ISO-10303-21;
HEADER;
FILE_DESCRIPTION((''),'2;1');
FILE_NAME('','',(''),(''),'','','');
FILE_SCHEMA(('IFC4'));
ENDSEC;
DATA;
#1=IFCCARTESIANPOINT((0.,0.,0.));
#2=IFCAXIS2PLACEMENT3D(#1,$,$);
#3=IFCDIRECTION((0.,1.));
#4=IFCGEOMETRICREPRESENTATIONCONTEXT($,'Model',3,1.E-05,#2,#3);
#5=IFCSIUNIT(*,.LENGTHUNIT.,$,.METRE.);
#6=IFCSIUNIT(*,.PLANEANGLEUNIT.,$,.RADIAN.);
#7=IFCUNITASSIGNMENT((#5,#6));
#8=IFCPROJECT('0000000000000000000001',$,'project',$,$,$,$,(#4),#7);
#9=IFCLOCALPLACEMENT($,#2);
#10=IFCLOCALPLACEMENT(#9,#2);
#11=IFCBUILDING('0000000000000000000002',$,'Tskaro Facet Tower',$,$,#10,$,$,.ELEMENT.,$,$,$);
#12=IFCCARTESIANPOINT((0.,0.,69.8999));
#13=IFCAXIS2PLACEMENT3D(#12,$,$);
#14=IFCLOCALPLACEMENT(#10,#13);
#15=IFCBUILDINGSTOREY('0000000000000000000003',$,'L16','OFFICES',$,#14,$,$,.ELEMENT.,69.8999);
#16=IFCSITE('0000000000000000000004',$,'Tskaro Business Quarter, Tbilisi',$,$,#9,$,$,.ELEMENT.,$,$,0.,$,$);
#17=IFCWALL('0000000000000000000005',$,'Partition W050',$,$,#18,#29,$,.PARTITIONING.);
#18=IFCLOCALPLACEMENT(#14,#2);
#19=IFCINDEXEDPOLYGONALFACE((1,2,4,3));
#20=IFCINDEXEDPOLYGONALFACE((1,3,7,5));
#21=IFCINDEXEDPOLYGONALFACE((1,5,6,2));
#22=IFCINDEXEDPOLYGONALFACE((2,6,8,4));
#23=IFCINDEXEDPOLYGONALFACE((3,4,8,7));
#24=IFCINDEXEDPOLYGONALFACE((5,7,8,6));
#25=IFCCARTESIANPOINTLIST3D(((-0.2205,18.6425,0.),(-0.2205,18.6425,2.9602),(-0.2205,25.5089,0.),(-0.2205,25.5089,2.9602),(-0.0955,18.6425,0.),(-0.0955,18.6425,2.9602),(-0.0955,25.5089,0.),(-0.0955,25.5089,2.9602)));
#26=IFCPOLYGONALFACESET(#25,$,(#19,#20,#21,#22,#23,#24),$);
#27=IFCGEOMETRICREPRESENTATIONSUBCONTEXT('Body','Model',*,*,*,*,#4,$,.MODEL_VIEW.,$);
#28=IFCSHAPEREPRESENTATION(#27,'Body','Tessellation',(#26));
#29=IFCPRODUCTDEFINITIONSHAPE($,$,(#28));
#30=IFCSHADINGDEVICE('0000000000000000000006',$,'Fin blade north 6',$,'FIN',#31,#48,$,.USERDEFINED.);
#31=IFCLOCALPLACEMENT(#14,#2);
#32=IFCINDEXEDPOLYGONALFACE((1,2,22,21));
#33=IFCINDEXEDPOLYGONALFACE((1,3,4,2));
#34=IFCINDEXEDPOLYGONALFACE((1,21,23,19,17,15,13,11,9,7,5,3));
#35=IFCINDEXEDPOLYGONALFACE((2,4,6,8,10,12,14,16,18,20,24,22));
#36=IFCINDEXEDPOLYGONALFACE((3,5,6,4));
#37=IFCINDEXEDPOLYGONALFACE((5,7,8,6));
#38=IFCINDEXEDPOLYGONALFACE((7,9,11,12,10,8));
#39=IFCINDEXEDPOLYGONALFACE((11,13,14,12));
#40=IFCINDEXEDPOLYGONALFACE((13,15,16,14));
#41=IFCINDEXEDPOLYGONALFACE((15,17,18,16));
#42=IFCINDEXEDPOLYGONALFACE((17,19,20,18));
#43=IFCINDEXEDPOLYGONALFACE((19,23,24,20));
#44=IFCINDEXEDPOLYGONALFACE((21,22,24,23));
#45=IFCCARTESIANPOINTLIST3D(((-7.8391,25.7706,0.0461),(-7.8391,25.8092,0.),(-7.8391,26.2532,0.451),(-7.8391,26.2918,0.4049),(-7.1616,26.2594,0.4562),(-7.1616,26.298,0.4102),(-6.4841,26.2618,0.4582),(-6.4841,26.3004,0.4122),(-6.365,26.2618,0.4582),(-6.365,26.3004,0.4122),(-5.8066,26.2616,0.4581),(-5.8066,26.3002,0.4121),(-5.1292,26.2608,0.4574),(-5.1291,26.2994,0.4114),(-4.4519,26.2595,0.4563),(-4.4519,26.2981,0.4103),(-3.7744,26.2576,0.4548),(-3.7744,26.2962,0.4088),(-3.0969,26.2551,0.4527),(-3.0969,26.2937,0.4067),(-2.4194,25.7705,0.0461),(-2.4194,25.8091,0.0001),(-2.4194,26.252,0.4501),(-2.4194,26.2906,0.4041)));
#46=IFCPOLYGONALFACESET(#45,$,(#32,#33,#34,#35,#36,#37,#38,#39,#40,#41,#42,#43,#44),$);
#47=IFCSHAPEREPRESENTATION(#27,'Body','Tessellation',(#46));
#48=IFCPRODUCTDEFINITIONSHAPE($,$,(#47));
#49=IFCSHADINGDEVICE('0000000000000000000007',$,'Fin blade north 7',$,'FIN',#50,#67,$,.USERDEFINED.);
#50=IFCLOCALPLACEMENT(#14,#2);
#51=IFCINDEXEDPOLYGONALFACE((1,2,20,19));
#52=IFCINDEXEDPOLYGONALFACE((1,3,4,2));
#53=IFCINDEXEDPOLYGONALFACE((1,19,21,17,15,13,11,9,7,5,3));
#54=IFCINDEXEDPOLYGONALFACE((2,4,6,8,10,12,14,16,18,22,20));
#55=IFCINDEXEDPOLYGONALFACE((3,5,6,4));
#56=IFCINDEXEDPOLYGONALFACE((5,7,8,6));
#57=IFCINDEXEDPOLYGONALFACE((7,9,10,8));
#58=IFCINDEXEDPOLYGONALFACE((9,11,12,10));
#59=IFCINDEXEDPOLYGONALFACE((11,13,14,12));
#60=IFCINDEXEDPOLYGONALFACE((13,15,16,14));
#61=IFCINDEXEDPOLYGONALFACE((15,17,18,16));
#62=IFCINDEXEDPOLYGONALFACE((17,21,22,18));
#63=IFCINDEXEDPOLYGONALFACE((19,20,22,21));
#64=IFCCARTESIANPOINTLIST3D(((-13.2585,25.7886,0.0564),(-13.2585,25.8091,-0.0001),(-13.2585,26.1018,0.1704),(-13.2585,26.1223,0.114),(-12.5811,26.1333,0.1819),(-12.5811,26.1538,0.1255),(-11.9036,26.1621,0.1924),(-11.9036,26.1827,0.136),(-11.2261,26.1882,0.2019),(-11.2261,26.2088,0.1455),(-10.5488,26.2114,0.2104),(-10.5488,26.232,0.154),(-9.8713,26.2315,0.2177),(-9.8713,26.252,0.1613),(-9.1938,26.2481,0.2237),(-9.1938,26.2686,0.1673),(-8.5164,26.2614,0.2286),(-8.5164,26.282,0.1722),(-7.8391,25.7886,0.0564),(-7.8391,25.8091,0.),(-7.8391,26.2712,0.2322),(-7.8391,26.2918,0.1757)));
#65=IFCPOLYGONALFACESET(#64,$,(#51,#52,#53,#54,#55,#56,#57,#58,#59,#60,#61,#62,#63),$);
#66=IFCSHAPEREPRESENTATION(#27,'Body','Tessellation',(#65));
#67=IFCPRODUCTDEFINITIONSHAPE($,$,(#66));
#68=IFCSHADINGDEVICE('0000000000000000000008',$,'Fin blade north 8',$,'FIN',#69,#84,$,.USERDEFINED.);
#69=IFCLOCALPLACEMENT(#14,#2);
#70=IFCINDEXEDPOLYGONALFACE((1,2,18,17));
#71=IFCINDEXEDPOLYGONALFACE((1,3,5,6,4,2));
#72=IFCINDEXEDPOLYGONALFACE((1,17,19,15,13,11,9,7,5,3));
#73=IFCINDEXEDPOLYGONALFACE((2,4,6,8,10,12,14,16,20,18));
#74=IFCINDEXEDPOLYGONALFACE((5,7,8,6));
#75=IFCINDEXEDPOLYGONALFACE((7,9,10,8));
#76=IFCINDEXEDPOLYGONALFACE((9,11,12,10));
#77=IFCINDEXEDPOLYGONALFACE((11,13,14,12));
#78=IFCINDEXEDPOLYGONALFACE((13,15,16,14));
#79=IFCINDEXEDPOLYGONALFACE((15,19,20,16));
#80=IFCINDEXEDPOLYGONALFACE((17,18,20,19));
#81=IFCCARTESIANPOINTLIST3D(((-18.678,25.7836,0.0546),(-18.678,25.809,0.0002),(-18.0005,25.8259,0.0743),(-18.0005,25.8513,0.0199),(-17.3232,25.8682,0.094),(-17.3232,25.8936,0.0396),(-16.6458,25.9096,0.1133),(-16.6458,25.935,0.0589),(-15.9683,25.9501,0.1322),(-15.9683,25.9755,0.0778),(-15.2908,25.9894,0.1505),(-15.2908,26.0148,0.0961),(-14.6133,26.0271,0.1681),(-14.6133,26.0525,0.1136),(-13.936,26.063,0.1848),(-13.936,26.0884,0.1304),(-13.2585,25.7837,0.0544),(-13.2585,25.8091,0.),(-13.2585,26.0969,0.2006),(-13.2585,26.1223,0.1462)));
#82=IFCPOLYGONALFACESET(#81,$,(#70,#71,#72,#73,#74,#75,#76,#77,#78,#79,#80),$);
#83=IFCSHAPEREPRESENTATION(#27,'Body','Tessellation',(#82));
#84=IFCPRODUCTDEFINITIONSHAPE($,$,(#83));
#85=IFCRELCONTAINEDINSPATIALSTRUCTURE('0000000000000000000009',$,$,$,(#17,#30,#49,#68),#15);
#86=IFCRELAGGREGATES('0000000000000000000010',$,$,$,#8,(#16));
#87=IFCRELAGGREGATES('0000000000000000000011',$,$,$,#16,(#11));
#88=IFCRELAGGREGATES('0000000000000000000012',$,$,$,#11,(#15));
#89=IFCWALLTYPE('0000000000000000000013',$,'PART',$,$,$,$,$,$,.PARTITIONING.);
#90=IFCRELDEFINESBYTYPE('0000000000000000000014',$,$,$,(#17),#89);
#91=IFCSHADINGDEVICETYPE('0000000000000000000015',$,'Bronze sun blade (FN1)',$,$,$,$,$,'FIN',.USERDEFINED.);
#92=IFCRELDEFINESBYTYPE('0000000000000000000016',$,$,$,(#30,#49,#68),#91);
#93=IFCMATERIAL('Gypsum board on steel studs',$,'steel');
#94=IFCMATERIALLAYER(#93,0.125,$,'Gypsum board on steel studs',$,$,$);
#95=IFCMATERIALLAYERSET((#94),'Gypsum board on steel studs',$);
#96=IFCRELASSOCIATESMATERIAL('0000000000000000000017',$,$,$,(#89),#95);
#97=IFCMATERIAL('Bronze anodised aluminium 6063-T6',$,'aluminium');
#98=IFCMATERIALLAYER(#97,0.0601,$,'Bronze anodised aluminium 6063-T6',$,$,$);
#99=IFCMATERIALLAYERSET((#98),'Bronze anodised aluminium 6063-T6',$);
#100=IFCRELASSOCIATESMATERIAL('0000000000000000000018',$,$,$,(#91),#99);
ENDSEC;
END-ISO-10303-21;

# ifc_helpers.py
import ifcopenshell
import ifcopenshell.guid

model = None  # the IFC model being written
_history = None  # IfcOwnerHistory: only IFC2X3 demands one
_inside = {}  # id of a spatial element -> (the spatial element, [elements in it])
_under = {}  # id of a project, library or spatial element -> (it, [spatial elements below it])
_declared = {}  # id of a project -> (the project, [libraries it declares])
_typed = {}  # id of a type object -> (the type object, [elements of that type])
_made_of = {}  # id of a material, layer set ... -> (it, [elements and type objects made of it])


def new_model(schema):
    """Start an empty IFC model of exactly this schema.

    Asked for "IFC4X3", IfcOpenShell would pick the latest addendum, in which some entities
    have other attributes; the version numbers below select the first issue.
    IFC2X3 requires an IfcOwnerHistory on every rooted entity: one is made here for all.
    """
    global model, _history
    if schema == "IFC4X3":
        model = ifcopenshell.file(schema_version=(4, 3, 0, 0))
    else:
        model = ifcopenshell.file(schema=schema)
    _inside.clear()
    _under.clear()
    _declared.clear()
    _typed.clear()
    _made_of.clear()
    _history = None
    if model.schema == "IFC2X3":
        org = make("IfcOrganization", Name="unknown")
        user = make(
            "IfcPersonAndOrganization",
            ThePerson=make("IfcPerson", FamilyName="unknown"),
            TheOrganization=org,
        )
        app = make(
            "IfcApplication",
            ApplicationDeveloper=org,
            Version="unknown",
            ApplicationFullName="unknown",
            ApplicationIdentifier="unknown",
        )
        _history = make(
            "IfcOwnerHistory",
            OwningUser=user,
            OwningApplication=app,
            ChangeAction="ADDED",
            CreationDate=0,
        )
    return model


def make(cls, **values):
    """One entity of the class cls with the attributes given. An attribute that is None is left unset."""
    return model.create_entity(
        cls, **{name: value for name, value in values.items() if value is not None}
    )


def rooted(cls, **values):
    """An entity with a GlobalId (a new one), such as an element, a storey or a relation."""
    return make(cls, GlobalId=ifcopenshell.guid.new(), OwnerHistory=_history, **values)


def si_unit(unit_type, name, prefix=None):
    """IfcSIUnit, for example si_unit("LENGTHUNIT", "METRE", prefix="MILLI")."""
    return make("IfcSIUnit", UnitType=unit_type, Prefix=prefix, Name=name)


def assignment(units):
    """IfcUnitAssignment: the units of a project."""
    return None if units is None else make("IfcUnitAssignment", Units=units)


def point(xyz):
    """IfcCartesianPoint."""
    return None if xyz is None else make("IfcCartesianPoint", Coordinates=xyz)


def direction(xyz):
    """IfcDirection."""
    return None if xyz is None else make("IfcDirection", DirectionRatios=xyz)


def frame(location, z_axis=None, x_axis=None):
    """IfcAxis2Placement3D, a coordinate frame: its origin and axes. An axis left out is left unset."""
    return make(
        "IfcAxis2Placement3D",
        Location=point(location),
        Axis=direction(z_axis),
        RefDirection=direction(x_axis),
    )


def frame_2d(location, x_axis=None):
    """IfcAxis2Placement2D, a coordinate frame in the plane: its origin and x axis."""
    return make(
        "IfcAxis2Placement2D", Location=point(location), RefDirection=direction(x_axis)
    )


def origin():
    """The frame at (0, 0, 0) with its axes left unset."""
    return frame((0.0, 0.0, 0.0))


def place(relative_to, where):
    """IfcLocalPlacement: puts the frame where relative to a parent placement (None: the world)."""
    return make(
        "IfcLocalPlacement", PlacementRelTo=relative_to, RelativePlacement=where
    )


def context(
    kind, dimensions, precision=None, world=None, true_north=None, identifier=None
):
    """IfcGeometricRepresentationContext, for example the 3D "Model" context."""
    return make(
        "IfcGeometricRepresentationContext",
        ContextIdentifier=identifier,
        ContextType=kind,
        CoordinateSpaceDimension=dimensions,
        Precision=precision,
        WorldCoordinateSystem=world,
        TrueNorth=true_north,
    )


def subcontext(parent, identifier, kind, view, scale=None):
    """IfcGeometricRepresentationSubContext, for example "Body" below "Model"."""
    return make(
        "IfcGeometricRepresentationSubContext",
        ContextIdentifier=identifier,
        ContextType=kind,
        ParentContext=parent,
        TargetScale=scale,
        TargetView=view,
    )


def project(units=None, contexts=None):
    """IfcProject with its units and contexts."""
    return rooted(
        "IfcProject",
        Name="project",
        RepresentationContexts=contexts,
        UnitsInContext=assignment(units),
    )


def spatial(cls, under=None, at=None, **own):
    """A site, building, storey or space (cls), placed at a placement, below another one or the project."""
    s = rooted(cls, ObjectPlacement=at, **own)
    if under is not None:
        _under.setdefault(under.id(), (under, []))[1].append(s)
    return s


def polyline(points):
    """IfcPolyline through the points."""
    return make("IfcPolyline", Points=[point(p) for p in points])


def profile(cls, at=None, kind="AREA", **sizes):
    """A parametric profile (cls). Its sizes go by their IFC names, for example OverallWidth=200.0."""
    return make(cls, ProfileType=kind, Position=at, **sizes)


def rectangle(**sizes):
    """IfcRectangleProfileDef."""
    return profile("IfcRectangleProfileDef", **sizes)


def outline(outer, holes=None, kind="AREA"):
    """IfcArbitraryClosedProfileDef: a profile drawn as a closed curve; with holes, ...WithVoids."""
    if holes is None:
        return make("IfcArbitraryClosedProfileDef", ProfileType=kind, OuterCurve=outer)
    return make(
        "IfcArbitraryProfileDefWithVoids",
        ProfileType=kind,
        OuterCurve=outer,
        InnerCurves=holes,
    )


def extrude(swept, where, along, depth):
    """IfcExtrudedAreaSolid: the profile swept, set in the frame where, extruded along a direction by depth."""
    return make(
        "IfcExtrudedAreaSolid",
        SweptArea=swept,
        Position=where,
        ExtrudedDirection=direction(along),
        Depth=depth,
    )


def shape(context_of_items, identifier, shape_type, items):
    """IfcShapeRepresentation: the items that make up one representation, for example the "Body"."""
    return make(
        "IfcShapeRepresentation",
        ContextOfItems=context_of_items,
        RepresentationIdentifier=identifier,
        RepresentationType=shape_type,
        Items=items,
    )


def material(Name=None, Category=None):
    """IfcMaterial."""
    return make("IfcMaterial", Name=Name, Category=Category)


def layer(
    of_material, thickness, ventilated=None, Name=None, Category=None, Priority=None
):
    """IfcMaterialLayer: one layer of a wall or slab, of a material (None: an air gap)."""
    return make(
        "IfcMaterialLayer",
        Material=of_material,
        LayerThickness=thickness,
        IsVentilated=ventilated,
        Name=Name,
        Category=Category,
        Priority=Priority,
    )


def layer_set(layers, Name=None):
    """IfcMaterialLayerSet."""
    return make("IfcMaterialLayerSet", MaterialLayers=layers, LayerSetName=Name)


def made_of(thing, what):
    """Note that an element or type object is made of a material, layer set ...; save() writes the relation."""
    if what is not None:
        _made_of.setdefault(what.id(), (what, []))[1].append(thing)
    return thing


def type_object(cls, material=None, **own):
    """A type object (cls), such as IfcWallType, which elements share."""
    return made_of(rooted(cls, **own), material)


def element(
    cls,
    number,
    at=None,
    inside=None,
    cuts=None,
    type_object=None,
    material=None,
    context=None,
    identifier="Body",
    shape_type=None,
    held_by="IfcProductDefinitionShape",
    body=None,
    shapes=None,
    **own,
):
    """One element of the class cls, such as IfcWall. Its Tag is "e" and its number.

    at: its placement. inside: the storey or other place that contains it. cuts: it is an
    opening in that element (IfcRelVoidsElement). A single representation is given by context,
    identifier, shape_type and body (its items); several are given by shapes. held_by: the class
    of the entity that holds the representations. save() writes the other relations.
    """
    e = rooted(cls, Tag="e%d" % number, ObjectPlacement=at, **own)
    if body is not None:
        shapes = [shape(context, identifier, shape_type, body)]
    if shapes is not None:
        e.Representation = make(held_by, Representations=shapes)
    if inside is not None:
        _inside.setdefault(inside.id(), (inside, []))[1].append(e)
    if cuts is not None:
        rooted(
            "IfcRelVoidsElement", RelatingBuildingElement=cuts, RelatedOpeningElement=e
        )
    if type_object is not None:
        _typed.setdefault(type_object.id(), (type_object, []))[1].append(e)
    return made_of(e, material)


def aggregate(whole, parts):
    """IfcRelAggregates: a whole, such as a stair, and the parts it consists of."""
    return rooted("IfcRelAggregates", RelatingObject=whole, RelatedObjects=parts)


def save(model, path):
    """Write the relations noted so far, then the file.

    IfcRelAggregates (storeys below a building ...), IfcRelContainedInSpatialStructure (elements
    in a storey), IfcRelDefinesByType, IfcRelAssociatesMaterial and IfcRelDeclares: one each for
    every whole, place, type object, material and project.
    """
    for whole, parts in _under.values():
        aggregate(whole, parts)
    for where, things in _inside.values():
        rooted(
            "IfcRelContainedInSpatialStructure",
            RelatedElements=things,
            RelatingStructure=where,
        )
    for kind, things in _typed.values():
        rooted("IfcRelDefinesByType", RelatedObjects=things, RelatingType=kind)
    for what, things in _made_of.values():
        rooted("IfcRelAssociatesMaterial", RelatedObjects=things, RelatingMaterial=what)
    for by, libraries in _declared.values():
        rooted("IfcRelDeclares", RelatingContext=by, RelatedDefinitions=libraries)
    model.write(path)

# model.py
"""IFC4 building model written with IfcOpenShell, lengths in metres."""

from ifc_helpers import new_model, si_unit, direction, frame, frame_2d, origin, place, context, subcontext, project, spatial, polyline, rectangle, outline, extrude, material, layer, layer_set, type_object, element, save


model = new_model("IFC4")

# Units and contexts
model_context = context("Model", 3, precision=1e-05, world=origin(), true_north=direction((0.0, 1.0)))
body_context = subcontext(model_context, "Body", "Model", "MODEL_VIEW")
ifc_project = project(units=[si_unit("LENGTHUNIT", "METRE"), si_unit("PLANEANGLEUNIT", "RADIAN")], contexts=[model_context])

# Site, building, storey
site_placement = place(None, origin())
site = spatial("IfcSite", under=ifc_project, at=site_placement, Name="Tskaro Business Quarter, Tbilisi", CompositionType="ELEMENT", RefElevation=0.0)
building_placement = place(site_placement, origin())
building = spatial("IfcBuilding", under=site, at=building_placement, Name="Tskaro Facet Tower", CompositionType="ELEMENT")
storey_placement = place(building_placement, frame((0.0, 0.0, 69.8999)))
storey = spatial("IfcBuildingStorey", under=building, at=storey_placement, Name="L16", Description="OFFICES", CompositionType="ELEMENT", Elevation=69.8999)

# Shared definitions
ifc_material_1 = material(Name="Bronze anodised aluminium 6063-T6", Category="aluminium")

# Wall
ifc_material_2 = material(Name="Gypsum board on steel studs", Category="steel")
ifc_layer_1 = layer(ifc_material_2, 0.125, Name="Gypsum board on steel studs")
ifc_layer_set_1 = layer_set([ifc_layer_1], Name="Gypsum board on steel studs")
wall_type = type_object("IfcWallType", Name="PART", PredefinedType="PARTITIONING", material=ifc_layer_set_1)
for number, where, z_axis, x_axis, name in (
    (1, (-0.158, 18.6426, 0.0), (0.0, 0.0, 1.0), (0.0, 1.0, 0.0), "Partition W050"),
):
    element("IfcWall", number, at=place(storey_placement, frame(where, z_axis=z_axis, x_axis=x_axis)), inside=storey, type_object=wall_type, Name=name, PredefinedType="PARTITIONING", context=body_context, shape_type="SweptSolid", body=[
        extrude(rectangle(XDim=6.8665, YDim=0.125, at=frame_2d((3.4331, 0.0))), origin(), (0.0, 0.0, 1.0), 2.9602),
    ])

# Shading devices
ifc_layer_2 = layer(ifc_material_1, 0.0601, Name="Bronze anodised aluminium 6063-T6")
ifc_layer_set_2 = layer_set([ifc_layer_2], Name="Bronze anodised aluminium 6063-T6")
shading_device_type = type_object("IfcShadingDeviceType", Name="Bronze sun blade (FN1)", ElementType="FIN", PredefinedType="USERDEFINED", material=ifc_layer_set_2)
shading_device_1_placement = place(storey_placement, frame((-2.4194, 25.7705, 0.0461), z_axis=(-0.00002, -0.642754, 0.766073), x_axis=(-1.0, 0.000013, -0.000016)))
element("IfcShadingDevice", 2, at=shading_device_1_placement, inside=storey, type_object=shading_device_type, Name="Fin blade north 6", ObjectType="FIN", PredefinedType="USERDEFINED", context=body_context, shape_type="SweptSolid", body=[
    extrude(outline(polyline([(0.0, 0.0), (5.4197, 0.0), (5.4197, -0.6299), (4.7422, -0.6381), (4.0647, -0.6412), (3.9456, -0.6412), (3.3872, -0.641), (2.7097, -0.64), (2.0325, -0.6382), (1.355, -0.6358), (0.6775, -0.6325), (0.0, -0.6285), (0.0, 0.0)])), origin(), (0.0, 0.0, -1.0), 0.0601),
])
shading_device_2_placement = place(storey_placement, frame((-7.8391, 25.7886, 0.0564), z_axis=(-0.000005, -0.342202, 0.939627), x_axis=(-1.0, 0.000002, -0.000004)))
element("IfcShadingDevice", 3, at=shading_device_2_placement, inside=storey, type_object=shading_device_type, Name="Fin blade north 7", ObjectType="FIN", PredefinedType="USERDEFINED", context=body_context, shape_type="SweptSolid", body=[
    extrude(outline(polyline([(0.0, 0.0), (5.4194, 0.0), (5.4194, -0.3333), (4.7419, -0.3669), (4.0645, -0.3975), (3.387, -0.4253), (2.7097, -0.45), (2.0322, -0.4714), (1.3547, -0.489), (0.6772, -0.5032), (0.0, -0.5137), (0.0, 0.0)])), origin(), (0.0, 0.0, -1.0), 0.0601),
])
shading_device_3_placement = place(storey_placement, frame((-13.2585, 25.7837, 0.0544), z_axis=(0.000028, -0.422862, 0.906194), x_axis=(-1.0, -0.000012, 0.000026)))
element("IfcShadingDevice", 4, at=shading_device_3_placement, inside=storey, type_object=shading_device_type, Name="Fin blade north 8", ObjectType="FIN", PredefinedType="USERDEFINED", context=body_context, shape_type="SweptSolid", body=[
    extrude(outline(polyline([(0.0, 0.0), (5.4194, 0.0), (4.7419, -0.0466), (4.0647, -0.0933), (3.3872, -0.139), (2.7097, -0.1837), (2.0322, -0.2271), (1.3547, -0.2686), (0.6775, -0.3082), (0.0, -0.3456), (0.0, 0.0)])), origin(), (0.0, 0.0, -1.0), 0.0601),
])

save(model, "model.ifc")
